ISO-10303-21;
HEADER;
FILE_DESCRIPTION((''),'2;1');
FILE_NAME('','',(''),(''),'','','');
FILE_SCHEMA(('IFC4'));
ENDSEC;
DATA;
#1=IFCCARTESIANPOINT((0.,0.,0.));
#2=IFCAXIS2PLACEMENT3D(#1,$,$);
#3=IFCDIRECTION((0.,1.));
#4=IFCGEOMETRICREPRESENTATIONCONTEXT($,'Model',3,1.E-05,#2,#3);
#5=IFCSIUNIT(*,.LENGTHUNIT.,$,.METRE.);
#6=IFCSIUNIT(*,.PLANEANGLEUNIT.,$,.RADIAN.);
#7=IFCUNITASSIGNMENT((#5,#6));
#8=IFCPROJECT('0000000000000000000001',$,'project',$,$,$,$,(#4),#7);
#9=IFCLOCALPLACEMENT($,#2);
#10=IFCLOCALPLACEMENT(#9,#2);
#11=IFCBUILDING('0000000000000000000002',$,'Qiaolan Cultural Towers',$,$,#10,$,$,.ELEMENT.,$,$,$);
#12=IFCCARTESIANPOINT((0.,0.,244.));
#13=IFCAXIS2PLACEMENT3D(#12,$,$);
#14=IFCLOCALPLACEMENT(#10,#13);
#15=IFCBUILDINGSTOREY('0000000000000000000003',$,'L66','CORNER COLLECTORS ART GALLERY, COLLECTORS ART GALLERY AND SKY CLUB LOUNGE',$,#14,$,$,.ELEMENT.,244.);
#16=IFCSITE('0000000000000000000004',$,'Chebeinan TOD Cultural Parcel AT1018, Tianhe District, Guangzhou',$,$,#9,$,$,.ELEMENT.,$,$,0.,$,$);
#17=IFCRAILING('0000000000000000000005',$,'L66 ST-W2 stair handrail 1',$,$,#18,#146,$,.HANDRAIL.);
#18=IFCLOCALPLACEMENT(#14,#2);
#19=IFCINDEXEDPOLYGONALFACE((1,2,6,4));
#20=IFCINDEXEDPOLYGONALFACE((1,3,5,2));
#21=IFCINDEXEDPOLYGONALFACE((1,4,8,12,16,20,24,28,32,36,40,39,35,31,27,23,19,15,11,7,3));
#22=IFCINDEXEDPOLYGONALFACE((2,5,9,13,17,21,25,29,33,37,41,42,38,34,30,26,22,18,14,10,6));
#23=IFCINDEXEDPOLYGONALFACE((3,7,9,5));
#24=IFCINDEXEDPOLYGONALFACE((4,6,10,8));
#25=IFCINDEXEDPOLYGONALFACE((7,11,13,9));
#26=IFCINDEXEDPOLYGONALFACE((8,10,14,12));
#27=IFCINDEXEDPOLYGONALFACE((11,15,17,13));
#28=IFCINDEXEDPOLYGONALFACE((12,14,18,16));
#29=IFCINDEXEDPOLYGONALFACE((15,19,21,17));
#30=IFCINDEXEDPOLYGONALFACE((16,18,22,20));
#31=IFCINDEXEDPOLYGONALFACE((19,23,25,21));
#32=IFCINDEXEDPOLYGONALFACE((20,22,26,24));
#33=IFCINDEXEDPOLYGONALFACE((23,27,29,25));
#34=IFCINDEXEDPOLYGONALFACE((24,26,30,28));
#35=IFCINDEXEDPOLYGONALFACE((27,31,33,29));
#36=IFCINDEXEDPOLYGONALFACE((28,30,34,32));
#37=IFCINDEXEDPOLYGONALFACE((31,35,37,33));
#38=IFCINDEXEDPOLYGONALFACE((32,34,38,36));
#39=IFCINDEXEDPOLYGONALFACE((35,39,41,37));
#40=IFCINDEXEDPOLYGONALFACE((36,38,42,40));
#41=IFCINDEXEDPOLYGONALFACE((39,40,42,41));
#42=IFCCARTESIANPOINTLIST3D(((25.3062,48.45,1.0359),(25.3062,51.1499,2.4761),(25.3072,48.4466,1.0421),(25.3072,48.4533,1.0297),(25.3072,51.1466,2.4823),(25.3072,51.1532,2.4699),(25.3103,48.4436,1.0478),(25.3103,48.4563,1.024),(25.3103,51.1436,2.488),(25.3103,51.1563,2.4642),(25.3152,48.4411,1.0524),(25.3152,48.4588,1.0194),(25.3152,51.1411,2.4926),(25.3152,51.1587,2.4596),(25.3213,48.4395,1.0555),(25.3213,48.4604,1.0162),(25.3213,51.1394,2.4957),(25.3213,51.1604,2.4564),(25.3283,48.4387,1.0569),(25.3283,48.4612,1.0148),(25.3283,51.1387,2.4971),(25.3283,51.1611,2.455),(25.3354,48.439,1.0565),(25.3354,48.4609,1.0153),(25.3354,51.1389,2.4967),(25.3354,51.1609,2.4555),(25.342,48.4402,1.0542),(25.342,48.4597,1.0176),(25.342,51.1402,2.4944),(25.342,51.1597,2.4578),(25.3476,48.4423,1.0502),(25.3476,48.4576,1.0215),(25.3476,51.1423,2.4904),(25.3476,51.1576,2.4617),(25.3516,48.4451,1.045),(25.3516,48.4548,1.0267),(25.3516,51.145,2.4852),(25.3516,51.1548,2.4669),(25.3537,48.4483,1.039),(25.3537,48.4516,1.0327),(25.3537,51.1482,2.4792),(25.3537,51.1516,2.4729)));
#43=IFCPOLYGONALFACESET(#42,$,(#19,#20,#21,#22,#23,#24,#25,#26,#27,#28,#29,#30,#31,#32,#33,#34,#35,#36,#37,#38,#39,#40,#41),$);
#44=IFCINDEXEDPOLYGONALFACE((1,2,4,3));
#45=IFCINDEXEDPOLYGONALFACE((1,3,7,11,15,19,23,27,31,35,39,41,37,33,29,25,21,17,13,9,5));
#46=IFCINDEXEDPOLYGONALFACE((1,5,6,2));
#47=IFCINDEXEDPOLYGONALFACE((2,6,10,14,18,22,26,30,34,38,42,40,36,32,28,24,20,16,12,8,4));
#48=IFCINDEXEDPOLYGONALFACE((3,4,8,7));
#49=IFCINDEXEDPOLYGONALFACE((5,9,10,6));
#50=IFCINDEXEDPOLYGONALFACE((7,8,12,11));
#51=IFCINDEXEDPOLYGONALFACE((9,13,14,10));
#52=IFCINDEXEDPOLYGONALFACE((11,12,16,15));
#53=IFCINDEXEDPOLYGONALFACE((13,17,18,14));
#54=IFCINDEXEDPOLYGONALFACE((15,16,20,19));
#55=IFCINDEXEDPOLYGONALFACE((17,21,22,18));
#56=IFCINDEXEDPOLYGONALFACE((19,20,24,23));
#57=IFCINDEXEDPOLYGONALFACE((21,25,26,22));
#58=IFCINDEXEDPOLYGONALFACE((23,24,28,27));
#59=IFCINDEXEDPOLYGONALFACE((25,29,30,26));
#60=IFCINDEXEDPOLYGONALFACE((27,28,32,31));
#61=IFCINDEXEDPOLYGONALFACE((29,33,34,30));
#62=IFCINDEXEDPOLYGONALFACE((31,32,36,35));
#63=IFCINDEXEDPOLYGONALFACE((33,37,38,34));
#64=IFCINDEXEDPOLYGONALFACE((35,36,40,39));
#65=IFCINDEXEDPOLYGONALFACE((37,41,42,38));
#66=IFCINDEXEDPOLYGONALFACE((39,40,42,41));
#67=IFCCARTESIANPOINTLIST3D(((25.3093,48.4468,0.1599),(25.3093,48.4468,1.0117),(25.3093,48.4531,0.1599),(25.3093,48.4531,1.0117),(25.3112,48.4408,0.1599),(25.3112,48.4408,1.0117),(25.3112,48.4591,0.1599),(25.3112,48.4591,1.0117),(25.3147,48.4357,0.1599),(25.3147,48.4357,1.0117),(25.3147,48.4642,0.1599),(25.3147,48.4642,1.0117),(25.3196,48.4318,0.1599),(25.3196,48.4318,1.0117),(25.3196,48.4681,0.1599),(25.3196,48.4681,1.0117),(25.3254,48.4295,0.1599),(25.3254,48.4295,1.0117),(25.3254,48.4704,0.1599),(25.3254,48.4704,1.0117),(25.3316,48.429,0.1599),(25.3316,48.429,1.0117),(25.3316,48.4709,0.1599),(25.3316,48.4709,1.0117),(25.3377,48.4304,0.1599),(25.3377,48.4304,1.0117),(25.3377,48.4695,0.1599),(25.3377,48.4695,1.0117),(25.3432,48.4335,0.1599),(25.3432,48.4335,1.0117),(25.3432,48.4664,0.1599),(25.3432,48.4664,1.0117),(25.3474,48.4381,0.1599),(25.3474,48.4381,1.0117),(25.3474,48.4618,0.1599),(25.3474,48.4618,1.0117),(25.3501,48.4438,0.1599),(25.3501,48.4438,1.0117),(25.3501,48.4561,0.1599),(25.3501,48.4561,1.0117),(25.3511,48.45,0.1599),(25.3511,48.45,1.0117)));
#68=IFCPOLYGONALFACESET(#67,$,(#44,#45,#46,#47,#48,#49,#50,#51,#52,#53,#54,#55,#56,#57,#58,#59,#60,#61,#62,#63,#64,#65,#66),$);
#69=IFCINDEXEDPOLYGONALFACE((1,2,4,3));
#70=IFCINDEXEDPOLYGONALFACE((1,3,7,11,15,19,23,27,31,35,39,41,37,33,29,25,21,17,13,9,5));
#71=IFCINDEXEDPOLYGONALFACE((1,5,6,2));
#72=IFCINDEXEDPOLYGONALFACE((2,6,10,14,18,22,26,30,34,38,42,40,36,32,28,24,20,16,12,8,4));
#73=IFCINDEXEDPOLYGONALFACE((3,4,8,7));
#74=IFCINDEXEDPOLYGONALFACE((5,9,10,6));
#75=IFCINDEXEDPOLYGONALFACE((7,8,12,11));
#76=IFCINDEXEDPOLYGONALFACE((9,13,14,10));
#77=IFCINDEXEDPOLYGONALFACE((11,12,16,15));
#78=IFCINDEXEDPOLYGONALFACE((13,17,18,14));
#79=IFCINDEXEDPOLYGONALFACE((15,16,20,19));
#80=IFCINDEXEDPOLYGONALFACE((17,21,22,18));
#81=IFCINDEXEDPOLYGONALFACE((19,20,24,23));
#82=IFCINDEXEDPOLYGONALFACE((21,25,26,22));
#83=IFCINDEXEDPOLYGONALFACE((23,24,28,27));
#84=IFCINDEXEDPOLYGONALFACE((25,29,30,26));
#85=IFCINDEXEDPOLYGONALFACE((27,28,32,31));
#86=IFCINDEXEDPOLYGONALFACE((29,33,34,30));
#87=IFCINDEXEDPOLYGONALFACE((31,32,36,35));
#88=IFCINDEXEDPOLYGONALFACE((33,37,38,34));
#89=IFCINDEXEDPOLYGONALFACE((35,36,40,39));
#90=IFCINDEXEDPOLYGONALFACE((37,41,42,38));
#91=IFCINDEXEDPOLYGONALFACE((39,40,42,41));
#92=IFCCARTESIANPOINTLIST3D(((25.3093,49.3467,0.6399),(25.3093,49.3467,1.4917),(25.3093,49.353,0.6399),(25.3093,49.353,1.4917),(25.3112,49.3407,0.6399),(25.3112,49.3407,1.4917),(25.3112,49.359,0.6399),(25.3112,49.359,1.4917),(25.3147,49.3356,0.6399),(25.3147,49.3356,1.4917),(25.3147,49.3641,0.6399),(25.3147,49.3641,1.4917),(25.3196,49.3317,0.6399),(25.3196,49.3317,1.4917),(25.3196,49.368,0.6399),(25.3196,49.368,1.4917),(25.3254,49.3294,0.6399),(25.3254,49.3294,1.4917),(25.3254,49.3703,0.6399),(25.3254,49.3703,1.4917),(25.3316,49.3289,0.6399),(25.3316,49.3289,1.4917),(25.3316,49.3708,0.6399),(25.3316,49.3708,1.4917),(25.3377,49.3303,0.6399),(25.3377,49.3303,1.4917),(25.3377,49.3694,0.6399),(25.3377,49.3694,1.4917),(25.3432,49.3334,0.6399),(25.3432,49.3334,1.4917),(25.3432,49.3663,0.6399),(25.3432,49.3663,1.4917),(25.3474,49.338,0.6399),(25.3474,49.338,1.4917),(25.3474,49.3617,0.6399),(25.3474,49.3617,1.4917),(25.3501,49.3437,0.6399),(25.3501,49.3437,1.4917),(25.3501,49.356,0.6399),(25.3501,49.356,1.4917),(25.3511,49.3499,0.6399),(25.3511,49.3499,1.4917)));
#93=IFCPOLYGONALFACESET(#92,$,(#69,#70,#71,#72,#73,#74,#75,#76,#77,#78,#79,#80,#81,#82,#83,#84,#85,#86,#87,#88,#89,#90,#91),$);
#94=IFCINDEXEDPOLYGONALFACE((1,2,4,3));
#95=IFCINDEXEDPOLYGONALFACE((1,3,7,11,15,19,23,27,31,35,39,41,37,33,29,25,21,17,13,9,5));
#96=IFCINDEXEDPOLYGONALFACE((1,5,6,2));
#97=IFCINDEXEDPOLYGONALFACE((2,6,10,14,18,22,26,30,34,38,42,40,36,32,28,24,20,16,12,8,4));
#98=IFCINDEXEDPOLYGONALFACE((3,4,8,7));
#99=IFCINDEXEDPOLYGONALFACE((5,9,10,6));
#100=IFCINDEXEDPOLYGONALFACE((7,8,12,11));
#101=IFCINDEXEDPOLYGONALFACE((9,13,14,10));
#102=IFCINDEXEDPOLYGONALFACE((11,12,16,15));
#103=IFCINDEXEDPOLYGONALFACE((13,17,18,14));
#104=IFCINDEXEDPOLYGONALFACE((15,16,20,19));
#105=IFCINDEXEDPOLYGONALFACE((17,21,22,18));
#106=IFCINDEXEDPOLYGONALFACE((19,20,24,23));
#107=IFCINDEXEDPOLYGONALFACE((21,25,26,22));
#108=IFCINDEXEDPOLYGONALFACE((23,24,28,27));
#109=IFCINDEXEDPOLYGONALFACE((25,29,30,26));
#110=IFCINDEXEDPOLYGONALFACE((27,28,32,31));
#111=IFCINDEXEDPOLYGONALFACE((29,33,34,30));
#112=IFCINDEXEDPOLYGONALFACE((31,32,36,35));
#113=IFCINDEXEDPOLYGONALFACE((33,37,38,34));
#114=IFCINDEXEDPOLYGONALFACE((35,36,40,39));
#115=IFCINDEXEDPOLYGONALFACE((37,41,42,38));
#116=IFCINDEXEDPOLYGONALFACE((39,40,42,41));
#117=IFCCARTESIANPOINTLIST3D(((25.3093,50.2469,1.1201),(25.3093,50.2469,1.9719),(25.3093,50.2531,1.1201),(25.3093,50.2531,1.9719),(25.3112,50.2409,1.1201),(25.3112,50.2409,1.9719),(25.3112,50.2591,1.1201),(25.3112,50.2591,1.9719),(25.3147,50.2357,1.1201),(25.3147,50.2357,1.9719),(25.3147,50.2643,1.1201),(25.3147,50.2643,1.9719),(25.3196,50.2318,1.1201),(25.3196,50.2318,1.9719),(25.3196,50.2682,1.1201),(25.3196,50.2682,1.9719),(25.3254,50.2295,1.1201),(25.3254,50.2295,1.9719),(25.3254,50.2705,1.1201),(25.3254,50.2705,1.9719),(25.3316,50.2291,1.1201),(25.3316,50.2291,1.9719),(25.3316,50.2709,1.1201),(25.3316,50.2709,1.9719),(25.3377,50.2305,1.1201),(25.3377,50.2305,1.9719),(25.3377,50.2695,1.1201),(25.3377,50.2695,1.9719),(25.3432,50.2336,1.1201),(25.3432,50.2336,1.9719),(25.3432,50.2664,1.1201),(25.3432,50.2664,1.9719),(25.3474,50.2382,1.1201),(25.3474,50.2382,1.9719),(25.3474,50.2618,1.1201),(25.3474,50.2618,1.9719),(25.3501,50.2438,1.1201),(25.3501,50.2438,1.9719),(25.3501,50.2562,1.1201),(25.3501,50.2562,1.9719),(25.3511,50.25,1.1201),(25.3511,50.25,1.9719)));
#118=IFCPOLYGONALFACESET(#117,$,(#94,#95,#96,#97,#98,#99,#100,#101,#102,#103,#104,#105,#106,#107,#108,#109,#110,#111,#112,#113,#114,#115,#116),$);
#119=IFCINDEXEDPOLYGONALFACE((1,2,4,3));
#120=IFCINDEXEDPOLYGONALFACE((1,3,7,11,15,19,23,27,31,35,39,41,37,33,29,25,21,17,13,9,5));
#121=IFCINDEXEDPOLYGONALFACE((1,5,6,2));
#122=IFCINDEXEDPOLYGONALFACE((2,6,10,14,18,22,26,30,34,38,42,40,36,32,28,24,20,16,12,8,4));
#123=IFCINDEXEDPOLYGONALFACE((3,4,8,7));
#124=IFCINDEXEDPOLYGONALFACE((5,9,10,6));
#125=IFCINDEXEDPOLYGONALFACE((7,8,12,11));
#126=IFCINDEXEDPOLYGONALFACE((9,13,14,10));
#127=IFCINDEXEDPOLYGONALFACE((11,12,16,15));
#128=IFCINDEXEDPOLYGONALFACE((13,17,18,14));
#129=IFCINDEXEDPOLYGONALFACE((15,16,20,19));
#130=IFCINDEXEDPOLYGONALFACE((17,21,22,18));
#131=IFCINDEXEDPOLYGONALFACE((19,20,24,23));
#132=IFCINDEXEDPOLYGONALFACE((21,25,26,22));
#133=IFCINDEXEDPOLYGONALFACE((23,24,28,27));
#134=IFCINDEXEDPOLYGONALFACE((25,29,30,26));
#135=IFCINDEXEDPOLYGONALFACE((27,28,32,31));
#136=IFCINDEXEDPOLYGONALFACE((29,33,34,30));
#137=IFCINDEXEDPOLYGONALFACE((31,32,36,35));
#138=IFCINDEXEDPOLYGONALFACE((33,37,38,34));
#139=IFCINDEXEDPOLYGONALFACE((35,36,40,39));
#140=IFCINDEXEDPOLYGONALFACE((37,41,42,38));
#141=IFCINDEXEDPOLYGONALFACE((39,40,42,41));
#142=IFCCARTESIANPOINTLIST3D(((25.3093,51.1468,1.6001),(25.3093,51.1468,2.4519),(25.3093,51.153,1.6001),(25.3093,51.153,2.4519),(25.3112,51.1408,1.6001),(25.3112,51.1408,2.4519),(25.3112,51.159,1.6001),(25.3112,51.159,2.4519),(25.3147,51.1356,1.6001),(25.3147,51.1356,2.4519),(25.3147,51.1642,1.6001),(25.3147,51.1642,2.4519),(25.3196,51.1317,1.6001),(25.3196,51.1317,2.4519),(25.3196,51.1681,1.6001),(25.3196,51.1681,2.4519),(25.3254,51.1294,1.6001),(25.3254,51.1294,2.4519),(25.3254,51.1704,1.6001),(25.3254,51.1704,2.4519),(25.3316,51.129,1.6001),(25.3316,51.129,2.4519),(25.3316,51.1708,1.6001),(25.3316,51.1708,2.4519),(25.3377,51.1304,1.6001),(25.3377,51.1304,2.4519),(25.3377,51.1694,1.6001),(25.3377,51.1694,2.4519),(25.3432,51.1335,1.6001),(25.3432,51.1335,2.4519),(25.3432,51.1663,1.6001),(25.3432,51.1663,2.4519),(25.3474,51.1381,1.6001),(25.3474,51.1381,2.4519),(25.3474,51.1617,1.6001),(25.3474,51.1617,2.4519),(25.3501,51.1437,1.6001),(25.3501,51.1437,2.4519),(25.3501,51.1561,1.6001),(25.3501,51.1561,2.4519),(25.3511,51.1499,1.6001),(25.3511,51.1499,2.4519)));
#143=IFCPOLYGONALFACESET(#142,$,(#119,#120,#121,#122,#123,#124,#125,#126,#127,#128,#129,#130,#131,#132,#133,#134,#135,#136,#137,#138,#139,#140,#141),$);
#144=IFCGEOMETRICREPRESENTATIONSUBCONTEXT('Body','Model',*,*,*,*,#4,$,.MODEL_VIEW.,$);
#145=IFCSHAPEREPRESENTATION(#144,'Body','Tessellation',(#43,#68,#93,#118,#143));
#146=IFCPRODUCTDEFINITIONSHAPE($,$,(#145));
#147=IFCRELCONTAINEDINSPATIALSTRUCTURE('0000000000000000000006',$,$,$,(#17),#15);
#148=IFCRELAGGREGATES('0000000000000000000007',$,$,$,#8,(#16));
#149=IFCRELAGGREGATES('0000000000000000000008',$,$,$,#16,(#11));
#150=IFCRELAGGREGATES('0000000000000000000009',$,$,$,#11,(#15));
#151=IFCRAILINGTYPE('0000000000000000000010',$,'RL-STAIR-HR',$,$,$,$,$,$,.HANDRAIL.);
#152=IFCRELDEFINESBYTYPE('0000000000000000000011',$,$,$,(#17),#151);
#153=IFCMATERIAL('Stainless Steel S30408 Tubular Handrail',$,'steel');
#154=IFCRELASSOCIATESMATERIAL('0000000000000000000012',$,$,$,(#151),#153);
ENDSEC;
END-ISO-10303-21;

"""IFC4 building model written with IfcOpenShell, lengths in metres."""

from ifc_helpers import new_model, si_unit, direction, frame, origin, origin_2d, place, context, subcontext, project, spatial, circle, extrude, material, type_object, element, save


model = new_model("IFC4")

# Units and contexts
model_context = context("Model", 3, precision=1e-05, world=origin(), true_north=direction((0.0, 1.0)))
body_context = subcontext(model_context, "Body", "Model", "MODEL_VIEW")
ifc_project = project(units=[si_unit("LENGTHUNIT", "METRE"), si_unit("PLANEANGLEUNIT", "RADIAN")], contexts=[model_context])

# Site, building, storey
site_placement = place(None, origin())
site = spatial("IfcSite", under=ifc_project, at=site_placement, Name="Chebeinan TOD Cultural Parcel AT1018, Tianhe District, Guangzhou", CompositionType="ELEMENT", RefElevation=0.0)
building_placement = place(site_placement, origin())
building = spatial("IfcBuilding", under=site, at=building_placement, Name="Qiaolan Cultural Towers", CompositionType="ELEMENT")
storey_placement = place(building_placement, frame((0.0, 0.0, 244.0)))
storey = spatial("IfcBuildingStorey", under=building, at=storey_placement, Name="L66", Description="CORNER COLLECTORS ART GALLERY, COLLECTORS ART GALLERY AND SKY CLUB LOUNGE", CompositionType="ELEMENT", Elevation=244.0)

# Railing
ifc_material_1 = material(Name="Stainless Steel S30408 Tubular Handrail", Category="steel")
railing_type = type_object("IfcRailingType", Name="RL-STAIR-HR", PredefinedType="HANDRAIL", material=ifc_material_1)
railing_placement = place(storey_placement, frame((25.3301, 48.45, 0.1599)))
element("IfcRailing", 1, at=railing_placement, inside=storey, type_object=railing_type, Name="L66 ST-W2 stair handrail 1", PredefinedType="HANDRAIL", context=body_context, shape_type="SweptSolid", body=[
    extrude(circle(Radius=0.0239, at=origin_2d()), frame((0.0, 0.0, 0.876), z_axis=(0.0, 0.882324, 0.470642), x_axis=(-1.0, 0.0, 0.0)), (0.0, 0.0, 1.0), 3.0601),
    extrude(circle(Radius=0.021, at=origin_2d()), origin(), (0.0, 0.0, 1.0), 0.8518),
    extrude(circle(Radius=0.021, at=origin_2d()), frame((0.0, 0.8999, 0.48)), (0.0, 0.0, 1.0), 0.8518),
    extrude(circle(Radius=0.021, at=origin_2d()), frame((0.0, 1.8, 0.9602)), (0.0, 0.0, 1.0), 0.8518),
    extrude(circle(Radius=0.021, at=origin_2d()), frame((0.0, 2.7, 1.4402)), (0.0, 0.0, 1.0), 0.8518),
])

save(model, "model.ifc")
